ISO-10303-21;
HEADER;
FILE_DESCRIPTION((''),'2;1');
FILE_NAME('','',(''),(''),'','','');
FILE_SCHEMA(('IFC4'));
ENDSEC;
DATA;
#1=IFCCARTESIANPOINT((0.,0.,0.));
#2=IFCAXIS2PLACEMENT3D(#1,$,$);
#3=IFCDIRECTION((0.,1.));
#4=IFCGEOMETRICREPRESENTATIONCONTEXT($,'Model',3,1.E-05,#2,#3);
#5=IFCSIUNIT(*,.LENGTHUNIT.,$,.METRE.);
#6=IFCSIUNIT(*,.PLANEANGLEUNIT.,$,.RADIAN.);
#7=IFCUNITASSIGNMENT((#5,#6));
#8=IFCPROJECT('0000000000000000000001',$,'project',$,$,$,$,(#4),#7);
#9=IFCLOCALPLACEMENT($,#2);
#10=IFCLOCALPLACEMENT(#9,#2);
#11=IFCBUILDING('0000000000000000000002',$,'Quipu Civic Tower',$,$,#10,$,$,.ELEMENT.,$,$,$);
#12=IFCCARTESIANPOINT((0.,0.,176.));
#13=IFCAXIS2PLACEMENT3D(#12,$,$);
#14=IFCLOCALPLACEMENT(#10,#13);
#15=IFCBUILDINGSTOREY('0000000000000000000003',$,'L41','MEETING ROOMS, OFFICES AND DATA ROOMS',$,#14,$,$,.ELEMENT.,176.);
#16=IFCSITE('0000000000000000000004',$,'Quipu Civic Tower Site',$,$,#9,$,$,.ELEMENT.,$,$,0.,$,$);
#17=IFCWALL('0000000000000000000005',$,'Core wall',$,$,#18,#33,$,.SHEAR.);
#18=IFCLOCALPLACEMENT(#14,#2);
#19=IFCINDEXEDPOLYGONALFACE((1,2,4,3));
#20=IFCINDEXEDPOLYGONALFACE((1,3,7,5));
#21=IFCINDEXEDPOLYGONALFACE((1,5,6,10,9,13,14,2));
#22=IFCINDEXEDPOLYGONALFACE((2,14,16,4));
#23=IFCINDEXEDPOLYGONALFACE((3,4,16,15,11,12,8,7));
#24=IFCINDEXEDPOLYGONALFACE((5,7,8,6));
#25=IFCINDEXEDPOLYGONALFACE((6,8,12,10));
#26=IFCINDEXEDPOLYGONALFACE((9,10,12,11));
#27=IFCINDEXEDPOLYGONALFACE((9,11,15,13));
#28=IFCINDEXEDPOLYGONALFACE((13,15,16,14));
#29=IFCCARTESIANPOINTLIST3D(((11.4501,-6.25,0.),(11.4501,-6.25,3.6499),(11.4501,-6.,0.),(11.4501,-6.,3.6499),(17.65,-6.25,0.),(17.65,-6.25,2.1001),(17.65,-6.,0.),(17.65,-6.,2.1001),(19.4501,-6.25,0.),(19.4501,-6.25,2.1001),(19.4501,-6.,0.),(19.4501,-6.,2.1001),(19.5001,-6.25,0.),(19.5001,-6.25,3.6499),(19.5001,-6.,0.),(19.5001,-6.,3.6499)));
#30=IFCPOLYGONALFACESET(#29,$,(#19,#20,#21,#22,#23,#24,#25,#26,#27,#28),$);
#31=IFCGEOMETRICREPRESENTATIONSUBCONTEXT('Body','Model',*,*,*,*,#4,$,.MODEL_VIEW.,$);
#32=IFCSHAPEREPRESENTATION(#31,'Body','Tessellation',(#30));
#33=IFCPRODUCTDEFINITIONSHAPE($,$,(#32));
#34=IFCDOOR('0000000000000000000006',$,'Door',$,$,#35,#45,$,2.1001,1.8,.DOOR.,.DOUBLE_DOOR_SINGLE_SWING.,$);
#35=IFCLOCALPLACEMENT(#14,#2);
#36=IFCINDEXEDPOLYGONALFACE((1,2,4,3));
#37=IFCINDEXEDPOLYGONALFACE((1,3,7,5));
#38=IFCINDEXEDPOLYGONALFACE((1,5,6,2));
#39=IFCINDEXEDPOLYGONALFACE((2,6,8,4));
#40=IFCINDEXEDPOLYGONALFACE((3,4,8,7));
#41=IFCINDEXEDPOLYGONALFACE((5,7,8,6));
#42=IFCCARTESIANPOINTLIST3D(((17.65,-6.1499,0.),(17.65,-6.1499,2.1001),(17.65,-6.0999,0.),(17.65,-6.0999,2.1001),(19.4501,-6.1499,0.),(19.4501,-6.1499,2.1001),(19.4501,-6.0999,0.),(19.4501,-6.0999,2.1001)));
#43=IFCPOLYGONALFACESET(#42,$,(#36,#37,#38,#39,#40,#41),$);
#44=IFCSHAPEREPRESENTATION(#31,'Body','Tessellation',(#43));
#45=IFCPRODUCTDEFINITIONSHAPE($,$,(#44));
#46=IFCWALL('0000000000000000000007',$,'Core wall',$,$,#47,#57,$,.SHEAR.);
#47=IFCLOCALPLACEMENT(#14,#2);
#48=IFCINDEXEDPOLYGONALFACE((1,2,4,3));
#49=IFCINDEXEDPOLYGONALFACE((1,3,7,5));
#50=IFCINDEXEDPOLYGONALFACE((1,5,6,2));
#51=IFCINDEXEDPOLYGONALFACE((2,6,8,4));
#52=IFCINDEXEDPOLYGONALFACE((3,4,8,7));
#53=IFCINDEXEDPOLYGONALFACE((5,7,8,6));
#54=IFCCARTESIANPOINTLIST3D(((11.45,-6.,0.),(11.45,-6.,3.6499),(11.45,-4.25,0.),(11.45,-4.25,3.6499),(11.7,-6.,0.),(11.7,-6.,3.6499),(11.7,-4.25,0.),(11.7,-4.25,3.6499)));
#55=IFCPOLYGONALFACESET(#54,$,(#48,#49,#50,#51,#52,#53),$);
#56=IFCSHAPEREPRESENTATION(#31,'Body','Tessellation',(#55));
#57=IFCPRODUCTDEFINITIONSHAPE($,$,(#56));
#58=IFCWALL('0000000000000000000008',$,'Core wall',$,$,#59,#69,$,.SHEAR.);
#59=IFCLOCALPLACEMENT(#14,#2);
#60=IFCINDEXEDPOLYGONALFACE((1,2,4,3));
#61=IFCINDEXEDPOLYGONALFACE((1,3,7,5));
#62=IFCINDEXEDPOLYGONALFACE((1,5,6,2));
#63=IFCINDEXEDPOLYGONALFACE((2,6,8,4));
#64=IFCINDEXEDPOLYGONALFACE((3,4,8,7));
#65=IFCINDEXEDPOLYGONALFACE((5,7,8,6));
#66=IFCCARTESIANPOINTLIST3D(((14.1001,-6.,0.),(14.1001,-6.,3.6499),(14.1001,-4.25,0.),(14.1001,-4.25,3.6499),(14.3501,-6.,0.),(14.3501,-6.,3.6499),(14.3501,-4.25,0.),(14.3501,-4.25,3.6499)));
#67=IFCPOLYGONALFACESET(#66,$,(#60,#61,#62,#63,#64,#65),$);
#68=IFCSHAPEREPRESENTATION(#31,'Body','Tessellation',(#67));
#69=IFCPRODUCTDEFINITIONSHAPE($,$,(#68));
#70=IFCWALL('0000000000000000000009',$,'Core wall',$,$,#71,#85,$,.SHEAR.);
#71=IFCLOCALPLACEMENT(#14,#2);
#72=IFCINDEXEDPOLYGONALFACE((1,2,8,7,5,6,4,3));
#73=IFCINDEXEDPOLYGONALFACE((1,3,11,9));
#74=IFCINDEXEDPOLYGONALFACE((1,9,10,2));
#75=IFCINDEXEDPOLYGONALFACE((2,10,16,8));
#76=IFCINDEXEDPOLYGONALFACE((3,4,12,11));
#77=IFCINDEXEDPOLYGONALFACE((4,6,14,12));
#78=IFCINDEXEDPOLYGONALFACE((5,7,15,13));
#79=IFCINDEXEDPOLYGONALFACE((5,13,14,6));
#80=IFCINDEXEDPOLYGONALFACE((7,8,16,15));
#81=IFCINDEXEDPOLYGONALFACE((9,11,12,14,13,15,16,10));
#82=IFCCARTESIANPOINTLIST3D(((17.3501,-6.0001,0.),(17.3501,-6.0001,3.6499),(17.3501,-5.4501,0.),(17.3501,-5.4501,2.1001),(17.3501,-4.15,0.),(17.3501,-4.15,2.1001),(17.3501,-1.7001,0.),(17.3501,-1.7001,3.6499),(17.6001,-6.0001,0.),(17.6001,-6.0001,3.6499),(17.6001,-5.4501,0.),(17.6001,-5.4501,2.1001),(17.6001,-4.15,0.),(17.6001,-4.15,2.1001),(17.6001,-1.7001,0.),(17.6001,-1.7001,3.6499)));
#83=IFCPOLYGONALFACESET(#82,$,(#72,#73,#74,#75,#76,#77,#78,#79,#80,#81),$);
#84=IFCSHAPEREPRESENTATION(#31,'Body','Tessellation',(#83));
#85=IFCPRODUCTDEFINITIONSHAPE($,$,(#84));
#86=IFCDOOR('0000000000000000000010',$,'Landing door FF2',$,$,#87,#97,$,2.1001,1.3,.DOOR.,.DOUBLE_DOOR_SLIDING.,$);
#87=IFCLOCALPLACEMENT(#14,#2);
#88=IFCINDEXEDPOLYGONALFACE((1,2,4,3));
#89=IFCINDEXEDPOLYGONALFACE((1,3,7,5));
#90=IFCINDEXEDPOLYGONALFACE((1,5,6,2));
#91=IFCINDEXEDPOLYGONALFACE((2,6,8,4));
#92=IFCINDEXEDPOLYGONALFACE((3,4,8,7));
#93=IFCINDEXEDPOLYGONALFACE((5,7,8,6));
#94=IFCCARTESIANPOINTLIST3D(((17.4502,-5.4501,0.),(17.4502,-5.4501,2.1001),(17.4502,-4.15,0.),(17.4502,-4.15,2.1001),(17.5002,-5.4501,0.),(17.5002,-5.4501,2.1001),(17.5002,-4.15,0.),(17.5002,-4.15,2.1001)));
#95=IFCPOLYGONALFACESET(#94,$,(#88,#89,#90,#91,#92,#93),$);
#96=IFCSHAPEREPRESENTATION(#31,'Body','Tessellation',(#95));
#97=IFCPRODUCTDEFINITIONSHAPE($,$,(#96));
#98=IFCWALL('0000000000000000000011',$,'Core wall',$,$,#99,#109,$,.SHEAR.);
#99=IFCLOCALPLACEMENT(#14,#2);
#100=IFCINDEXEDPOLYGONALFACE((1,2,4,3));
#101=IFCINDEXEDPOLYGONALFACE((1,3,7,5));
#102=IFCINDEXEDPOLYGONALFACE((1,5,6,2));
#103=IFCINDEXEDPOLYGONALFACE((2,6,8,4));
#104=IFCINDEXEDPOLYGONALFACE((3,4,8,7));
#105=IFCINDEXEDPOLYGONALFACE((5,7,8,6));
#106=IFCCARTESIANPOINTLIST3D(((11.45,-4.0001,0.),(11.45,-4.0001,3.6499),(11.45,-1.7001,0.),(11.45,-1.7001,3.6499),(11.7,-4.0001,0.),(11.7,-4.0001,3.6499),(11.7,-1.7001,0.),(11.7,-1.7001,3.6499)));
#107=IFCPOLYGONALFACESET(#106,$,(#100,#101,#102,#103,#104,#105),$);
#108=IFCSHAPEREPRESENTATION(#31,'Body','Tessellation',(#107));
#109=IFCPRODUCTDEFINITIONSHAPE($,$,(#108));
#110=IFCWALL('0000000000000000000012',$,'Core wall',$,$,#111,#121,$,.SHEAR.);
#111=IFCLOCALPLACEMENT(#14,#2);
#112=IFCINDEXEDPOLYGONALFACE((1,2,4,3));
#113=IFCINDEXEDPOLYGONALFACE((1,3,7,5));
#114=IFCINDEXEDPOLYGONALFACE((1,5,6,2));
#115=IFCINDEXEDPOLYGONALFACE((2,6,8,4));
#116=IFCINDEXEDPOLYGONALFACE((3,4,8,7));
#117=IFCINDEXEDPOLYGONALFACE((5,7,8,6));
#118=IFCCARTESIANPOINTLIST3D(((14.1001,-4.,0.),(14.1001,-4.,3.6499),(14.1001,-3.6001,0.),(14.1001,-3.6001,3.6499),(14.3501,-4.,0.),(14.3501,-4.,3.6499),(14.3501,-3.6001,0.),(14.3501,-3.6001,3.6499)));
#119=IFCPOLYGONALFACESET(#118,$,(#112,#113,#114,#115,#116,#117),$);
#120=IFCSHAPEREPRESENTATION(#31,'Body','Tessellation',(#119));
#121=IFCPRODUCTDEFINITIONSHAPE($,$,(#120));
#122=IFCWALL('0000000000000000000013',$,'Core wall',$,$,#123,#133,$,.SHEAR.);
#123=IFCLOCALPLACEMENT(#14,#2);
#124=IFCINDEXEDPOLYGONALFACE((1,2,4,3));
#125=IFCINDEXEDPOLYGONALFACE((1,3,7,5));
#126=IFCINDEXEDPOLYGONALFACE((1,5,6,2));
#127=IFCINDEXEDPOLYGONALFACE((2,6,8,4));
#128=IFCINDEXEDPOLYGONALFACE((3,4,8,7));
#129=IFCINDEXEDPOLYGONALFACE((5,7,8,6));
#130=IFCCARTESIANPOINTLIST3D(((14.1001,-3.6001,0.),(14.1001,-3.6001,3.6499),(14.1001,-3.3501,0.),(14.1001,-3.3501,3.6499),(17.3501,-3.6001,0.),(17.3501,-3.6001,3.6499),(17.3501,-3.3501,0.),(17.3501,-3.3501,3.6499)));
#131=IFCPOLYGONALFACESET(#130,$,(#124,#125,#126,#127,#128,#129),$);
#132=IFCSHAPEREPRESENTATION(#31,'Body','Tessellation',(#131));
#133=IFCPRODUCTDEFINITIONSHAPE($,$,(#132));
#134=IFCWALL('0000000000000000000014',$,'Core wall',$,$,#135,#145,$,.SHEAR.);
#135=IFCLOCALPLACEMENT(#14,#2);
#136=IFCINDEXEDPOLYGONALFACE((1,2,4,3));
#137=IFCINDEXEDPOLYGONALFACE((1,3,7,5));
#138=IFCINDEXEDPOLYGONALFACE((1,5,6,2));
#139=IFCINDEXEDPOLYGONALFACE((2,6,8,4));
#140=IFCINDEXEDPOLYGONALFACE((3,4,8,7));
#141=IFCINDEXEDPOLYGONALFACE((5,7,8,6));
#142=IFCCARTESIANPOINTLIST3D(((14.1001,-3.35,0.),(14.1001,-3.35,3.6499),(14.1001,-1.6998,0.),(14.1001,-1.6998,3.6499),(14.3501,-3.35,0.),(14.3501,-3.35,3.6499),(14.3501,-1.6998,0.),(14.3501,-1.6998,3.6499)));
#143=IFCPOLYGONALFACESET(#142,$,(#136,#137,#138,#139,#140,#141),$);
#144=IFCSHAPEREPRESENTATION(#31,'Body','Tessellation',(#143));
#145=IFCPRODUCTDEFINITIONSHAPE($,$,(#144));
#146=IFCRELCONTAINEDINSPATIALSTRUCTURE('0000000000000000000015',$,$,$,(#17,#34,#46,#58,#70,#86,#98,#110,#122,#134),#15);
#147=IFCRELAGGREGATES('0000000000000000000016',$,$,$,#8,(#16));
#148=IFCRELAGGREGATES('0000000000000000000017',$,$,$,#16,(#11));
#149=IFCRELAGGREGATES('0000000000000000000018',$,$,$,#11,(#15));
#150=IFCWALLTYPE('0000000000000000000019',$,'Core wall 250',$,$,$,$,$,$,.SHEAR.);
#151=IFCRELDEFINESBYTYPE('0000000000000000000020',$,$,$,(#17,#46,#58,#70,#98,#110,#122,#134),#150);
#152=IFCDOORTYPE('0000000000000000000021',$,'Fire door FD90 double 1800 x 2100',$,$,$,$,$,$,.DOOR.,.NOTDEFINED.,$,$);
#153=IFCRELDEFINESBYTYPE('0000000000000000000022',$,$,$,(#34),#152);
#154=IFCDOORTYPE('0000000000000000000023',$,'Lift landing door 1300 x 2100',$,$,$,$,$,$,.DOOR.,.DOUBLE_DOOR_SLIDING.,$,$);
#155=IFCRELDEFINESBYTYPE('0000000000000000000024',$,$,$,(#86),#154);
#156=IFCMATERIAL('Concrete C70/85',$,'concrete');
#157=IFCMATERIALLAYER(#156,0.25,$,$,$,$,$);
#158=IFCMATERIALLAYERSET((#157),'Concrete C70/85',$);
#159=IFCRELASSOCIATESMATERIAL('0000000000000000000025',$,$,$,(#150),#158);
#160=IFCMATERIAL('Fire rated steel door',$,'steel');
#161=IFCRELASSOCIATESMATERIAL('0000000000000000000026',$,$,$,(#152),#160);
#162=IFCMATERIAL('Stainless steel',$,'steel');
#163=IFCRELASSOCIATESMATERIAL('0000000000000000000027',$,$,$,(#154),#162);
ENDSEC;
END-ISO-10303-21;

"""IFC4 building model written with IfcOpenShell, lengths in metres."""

from ifc_helpers import new_model, si_unit, direction, frame, frame_2d, origin, place, context, subcontext, project, spatial, rectangle, extrude, material, layer, layer_set, type_object, element, fill, save


model = new_model("IFC4")

# Units and contexts
model_context = context("Model", 3, precision=1e-05, world=origin(), true_north=direction((0.0, 1.0)))
body_context = subcontext(model_context, "Body", "Model", "MODEL_VIEW")
ifc_project = project(units=[si_unit("LENGTHUNIT", "METRE"), si_unit("PLANEANGLEUNIT", "RADIAN")], contexts=[model_context])

# Site, building, storey
site_placement = place(None, origin())
site = spatial("IfcSite", under=ifc_project, at=site_placement, Name="Quipu Civic Tower Site", CompositionType="ELEMENT", RefElevation=0.0)
building_placement = place(site_placement, origin())
building = spatial("IfcBuilding", under=site, at=building_placement, Name="Quipu Civic Tower", CompositionType="ELEMENT")
storey_placement = place(building_placement, frame((0.0, 0.0, 176.0)))
storey = spatial("IfcBuildingStorey", under=building, at=storey_placement, Name="L41", Description="MEETING ROOMS, OFFICES AND DATA ROOMS", CompositionType="ELEMENT", Elevation=176.0)

# Wall, opening, door
ifc_material_1 = material(Name="Concrete C70/85", Category="concrete")
ifc_layer_1 = layer(ifc_material_1, 0.25)
ifc_layer_set_1 = layer_set([ifc_layer_1], Name="Concrete C70/85")
wall_type_1 = type_object("IfcWallType", Name="Core wall 250", PredefinedType="SHEAR", material=ifc_layer_set_1)
wall_1_placement = place(storey_placement, frame((19.5, -6.125, 0.0), z_axis=(0.0, 0.0, 1.0), x_axis=(-1.0, 0.0, 0.0)))
wall_1 = element("IfcWall", 1, at=wall_1_placement, inside=storey, type_object=wall_type_1, Name="Core wall", PredefinedType="SHEAR", context=body_context, shape_type="SweptSolid", body=[
    extrude(rectangle(XDim=8.05, YDim=0.25, at=frame_2d((4.0249, 0.0))), origin(), (0.0, 0.0, 1.0), 3.6499),
])
opening_1_placement = place(wall_1_placement, frame((0.05, 0.0, 0.0)))
opening_1 = element("IfcOpeningElement", 2, at=opening_1_placement, cuts=wall_1, PredefinedType="OPENING", context=body_context, shape_type="SweptSolid", body=[
    extrude(rectangle(XDim=1.8, YDim=2.1001, at=frame_2d((0.8999, 1.05))), frame((0.0, 0.135, 0.0), z_axis=(0.0, -1.0, 0.0), x_axis=(1.0, 0.0, 0.0)), (0.0, 0.0, 1.0), 0.27),
])
ifc_material_2 = material(Name="Fire rated steel door", Category="steel")
door_type_1 = type_object("IfcDoorType", Name="Fire door FD90 double 1800 x 2100", OperationType="NOTDEFINED", PredefinedType="DOOR", material=ifc_material_2)
door_1_placement = place(opening_1_placement, origin())
door_1 = element("IfcDoor", 3, at=door_1_placement, inside=storey, type_object=door_type_1, Name="Door", OperationType="DOUBLE_DOOR_SINGLE_SWING", OverallHeight=2.1001, OverallWidth=1.8, PredefinedType="DOOR", context=body_context, shape_type="SweptSolid", body=[
    extrude(rectangle(XDim=1.8, YDim=2.1001, at=frame_2d((0.8999, 1.05))), frame((0.0, 0.0249, 0.0), z_axis=(0.0, -1.0, 0.0), x_axis=(1.0, 0.0, 0.0)), (0.0, 0.0, 1.0), 0.05),
])
fill(opening_1, door_1)

# Walls
for number, where, z_axis, x_axis, name in (
    (4, (11.575, -6.0, 0.0), (0.0, 0.0, 1.0), (0.0, 1.0, 0.0), "Core wall"),
    (5, (14.2251, -6.0, 0.0), (0.0, 0.0, 1.0), (0.0, 1.0, 0.0), "Core wall"),
):
    element("IfcWall", number, at=place(storey_placement, frame(where, z_axis=z_axis, x_axis=x_axis)), inside=storey, type_object=wall_type_1, Name=name, PredefinedType="SHEAR", context=body_context, shape_type="SweptSolid", body=[
        extrude(rectangle(XDim=1.75, YDim=0.25, at=frame_2d((0.875, 0.0))), origin(), (0.0, 0.0, 1.0), 3.6499),
    ])

# Wall, opening, door
wall_2_placement = place(storey_placement, frame((17.4751, -6.0, 0.0), z_axis=(0.0, 0.0, 1.0), x_axis=(0.0, 1.0, 0.0)))
wall_2 = element("IfcWall", 6, at=wall_2_placement, inside=storey, type_object=wall_type_1, Name="Core wall", PredefinedType="SHEAR", context=body_context, shape_type="SweptSolid", body=[
    extrude(rectangle(XDim=4.3, YDim=0.25, at=frame_2d((2.1499, 0.0))), origin(), (0.0, 0.0, 1.0), 3.6499),
])
opening_2_placement = place(wall_2_placement, frame((0.55, 0.0, 0.0)))
opening_2 = element("IfcOpeningElement", 7, at=opening_2_placement, cuts=wall_2, PredefinedType="OPENING", context=body_context, shape_type="SweptSolid", body=[
    extrude(rectangle(XDim=1.3, YDim=2.1001, at=frame_2d((0.6499, 1.05))), frame((0.0, 0.135, 0.0), z_axis=(0.0, -1.0, 0.0), x_axis=(1.0, 0.0, 0.0)), (0.0, 0.0, 1.0), 0.27),
])
ifc_material_3 = material(Name="Stainless steel", Category="steel")
door_type_2 = type_object("IfcDoorType", Name="Lift landing door 1300 x 2100", OperationType="DOUBLE_DOOR_SLIDING", PredefinedType="DOOR", material=ifc_material_3)
door_2_placement = place(opening_2_placement, origin())
door_2 = element("IfcDoor", 8, at=door_2_placement, inside=storey, type_object=door_type_2, Name="Landing door FF2", OperationType="DOUBLE_DOOR_SLIDING", OverallHeight=2.1001, OverallWidth=1.3, PredefinedType="DOOR", context=body_context, shape_type="SweptSolid", body=[
    extrude(rectangle(XDim=1.3, YDim=2.1001, at=frame_2d((0.6499, 1.05))), frame((0.0, 0.0249, 0.0), z_axis=(0.0, -1.0, 0.0), x_axis=(1.0, 0.0, 0.0)), (0.0, 0.0, 1.0), 0.05),
])
fill(opening_2, door_2)

# Walls
wall_3_placement = place(storey_placement, frame((11.575, -4.0, 0.0), z_axis=(0.0, 0.0, 1.0), x_axis=(0.0, 1.0, 0.0)))
element("IfcWall", 9, at=wall_3_placement, inside=storey, type_object=wall_type_1, Name="Core wall", PredefinedType="SHEAR", context=body_context, shape_type="SweptSolid", body=[
    extrude(rectangle(XDim=2.3, YDim=0.25, at=frame_2d((1.1499, 0.0))), origin(), (0.0, 0.0, 1.0), 3.6499),
])
wall_4_placement = place(storey_placement, frame((14.2251, -4.0, 0.0), z_axis=(0.0, 0.0, 1.0), x_axis=(0.0, 1.0, 0.0)))
element("IfcWall", 10, at=wall_4_placement, inside=storey, type_object=wall_type_1, Name="Core wall", PredefinedType="SHEAR", context=body_context, shape_type="SweptSolid", body=[
    extrude(rectangle(XDim=0.3999, YDim=0.25, at=frame_2d((0.2, 0.0))), origin(), (0.0, 0.0, 1.0), 3.6499),
])
wall_5_placement = place(storey_placement, frame((14.1001, -3.4751, 0.0), z_axis=(0.0, 0.0, 1.0), x_axis=(1.0, 0.0, 0.0)))
element("IfcWall", 11, at=wall_5_placement, inside=storey, type_object=wall_type_1, Name="Core wall", PredefinedType="SHEAR", context=body_context, shape_type="SweptSolid", body=[
    extrude(rectangle(XDim=3.25, YDim=0.25, at=frame_2d((1.625, 0.0))), origin(), (0.0, 0.0, 1.0), 3.6499),
])
wall_6_placement = place(storey_placement, frame((14.2251, -3.3501, 0.0), z_axis=(0.0, 0.0, 1.0), x_axis=(0.0, 1.0, 0.0)))
element("IfcWall", 12, at=wall_6_placement, inside=storey, type_object=wall_type_1, Name="Core wall", PredefinedType="SHEAR", context=body_context, shape_type="SweptSolid", body=[
    extrude(rectangle(XDim=1.6501, YDim=0.25, at=frame_2d((0.8252, 0.0))), origin(), (0.0, 0.0, 1.0), 3.6499),
])

save(model, "model.ifc")
